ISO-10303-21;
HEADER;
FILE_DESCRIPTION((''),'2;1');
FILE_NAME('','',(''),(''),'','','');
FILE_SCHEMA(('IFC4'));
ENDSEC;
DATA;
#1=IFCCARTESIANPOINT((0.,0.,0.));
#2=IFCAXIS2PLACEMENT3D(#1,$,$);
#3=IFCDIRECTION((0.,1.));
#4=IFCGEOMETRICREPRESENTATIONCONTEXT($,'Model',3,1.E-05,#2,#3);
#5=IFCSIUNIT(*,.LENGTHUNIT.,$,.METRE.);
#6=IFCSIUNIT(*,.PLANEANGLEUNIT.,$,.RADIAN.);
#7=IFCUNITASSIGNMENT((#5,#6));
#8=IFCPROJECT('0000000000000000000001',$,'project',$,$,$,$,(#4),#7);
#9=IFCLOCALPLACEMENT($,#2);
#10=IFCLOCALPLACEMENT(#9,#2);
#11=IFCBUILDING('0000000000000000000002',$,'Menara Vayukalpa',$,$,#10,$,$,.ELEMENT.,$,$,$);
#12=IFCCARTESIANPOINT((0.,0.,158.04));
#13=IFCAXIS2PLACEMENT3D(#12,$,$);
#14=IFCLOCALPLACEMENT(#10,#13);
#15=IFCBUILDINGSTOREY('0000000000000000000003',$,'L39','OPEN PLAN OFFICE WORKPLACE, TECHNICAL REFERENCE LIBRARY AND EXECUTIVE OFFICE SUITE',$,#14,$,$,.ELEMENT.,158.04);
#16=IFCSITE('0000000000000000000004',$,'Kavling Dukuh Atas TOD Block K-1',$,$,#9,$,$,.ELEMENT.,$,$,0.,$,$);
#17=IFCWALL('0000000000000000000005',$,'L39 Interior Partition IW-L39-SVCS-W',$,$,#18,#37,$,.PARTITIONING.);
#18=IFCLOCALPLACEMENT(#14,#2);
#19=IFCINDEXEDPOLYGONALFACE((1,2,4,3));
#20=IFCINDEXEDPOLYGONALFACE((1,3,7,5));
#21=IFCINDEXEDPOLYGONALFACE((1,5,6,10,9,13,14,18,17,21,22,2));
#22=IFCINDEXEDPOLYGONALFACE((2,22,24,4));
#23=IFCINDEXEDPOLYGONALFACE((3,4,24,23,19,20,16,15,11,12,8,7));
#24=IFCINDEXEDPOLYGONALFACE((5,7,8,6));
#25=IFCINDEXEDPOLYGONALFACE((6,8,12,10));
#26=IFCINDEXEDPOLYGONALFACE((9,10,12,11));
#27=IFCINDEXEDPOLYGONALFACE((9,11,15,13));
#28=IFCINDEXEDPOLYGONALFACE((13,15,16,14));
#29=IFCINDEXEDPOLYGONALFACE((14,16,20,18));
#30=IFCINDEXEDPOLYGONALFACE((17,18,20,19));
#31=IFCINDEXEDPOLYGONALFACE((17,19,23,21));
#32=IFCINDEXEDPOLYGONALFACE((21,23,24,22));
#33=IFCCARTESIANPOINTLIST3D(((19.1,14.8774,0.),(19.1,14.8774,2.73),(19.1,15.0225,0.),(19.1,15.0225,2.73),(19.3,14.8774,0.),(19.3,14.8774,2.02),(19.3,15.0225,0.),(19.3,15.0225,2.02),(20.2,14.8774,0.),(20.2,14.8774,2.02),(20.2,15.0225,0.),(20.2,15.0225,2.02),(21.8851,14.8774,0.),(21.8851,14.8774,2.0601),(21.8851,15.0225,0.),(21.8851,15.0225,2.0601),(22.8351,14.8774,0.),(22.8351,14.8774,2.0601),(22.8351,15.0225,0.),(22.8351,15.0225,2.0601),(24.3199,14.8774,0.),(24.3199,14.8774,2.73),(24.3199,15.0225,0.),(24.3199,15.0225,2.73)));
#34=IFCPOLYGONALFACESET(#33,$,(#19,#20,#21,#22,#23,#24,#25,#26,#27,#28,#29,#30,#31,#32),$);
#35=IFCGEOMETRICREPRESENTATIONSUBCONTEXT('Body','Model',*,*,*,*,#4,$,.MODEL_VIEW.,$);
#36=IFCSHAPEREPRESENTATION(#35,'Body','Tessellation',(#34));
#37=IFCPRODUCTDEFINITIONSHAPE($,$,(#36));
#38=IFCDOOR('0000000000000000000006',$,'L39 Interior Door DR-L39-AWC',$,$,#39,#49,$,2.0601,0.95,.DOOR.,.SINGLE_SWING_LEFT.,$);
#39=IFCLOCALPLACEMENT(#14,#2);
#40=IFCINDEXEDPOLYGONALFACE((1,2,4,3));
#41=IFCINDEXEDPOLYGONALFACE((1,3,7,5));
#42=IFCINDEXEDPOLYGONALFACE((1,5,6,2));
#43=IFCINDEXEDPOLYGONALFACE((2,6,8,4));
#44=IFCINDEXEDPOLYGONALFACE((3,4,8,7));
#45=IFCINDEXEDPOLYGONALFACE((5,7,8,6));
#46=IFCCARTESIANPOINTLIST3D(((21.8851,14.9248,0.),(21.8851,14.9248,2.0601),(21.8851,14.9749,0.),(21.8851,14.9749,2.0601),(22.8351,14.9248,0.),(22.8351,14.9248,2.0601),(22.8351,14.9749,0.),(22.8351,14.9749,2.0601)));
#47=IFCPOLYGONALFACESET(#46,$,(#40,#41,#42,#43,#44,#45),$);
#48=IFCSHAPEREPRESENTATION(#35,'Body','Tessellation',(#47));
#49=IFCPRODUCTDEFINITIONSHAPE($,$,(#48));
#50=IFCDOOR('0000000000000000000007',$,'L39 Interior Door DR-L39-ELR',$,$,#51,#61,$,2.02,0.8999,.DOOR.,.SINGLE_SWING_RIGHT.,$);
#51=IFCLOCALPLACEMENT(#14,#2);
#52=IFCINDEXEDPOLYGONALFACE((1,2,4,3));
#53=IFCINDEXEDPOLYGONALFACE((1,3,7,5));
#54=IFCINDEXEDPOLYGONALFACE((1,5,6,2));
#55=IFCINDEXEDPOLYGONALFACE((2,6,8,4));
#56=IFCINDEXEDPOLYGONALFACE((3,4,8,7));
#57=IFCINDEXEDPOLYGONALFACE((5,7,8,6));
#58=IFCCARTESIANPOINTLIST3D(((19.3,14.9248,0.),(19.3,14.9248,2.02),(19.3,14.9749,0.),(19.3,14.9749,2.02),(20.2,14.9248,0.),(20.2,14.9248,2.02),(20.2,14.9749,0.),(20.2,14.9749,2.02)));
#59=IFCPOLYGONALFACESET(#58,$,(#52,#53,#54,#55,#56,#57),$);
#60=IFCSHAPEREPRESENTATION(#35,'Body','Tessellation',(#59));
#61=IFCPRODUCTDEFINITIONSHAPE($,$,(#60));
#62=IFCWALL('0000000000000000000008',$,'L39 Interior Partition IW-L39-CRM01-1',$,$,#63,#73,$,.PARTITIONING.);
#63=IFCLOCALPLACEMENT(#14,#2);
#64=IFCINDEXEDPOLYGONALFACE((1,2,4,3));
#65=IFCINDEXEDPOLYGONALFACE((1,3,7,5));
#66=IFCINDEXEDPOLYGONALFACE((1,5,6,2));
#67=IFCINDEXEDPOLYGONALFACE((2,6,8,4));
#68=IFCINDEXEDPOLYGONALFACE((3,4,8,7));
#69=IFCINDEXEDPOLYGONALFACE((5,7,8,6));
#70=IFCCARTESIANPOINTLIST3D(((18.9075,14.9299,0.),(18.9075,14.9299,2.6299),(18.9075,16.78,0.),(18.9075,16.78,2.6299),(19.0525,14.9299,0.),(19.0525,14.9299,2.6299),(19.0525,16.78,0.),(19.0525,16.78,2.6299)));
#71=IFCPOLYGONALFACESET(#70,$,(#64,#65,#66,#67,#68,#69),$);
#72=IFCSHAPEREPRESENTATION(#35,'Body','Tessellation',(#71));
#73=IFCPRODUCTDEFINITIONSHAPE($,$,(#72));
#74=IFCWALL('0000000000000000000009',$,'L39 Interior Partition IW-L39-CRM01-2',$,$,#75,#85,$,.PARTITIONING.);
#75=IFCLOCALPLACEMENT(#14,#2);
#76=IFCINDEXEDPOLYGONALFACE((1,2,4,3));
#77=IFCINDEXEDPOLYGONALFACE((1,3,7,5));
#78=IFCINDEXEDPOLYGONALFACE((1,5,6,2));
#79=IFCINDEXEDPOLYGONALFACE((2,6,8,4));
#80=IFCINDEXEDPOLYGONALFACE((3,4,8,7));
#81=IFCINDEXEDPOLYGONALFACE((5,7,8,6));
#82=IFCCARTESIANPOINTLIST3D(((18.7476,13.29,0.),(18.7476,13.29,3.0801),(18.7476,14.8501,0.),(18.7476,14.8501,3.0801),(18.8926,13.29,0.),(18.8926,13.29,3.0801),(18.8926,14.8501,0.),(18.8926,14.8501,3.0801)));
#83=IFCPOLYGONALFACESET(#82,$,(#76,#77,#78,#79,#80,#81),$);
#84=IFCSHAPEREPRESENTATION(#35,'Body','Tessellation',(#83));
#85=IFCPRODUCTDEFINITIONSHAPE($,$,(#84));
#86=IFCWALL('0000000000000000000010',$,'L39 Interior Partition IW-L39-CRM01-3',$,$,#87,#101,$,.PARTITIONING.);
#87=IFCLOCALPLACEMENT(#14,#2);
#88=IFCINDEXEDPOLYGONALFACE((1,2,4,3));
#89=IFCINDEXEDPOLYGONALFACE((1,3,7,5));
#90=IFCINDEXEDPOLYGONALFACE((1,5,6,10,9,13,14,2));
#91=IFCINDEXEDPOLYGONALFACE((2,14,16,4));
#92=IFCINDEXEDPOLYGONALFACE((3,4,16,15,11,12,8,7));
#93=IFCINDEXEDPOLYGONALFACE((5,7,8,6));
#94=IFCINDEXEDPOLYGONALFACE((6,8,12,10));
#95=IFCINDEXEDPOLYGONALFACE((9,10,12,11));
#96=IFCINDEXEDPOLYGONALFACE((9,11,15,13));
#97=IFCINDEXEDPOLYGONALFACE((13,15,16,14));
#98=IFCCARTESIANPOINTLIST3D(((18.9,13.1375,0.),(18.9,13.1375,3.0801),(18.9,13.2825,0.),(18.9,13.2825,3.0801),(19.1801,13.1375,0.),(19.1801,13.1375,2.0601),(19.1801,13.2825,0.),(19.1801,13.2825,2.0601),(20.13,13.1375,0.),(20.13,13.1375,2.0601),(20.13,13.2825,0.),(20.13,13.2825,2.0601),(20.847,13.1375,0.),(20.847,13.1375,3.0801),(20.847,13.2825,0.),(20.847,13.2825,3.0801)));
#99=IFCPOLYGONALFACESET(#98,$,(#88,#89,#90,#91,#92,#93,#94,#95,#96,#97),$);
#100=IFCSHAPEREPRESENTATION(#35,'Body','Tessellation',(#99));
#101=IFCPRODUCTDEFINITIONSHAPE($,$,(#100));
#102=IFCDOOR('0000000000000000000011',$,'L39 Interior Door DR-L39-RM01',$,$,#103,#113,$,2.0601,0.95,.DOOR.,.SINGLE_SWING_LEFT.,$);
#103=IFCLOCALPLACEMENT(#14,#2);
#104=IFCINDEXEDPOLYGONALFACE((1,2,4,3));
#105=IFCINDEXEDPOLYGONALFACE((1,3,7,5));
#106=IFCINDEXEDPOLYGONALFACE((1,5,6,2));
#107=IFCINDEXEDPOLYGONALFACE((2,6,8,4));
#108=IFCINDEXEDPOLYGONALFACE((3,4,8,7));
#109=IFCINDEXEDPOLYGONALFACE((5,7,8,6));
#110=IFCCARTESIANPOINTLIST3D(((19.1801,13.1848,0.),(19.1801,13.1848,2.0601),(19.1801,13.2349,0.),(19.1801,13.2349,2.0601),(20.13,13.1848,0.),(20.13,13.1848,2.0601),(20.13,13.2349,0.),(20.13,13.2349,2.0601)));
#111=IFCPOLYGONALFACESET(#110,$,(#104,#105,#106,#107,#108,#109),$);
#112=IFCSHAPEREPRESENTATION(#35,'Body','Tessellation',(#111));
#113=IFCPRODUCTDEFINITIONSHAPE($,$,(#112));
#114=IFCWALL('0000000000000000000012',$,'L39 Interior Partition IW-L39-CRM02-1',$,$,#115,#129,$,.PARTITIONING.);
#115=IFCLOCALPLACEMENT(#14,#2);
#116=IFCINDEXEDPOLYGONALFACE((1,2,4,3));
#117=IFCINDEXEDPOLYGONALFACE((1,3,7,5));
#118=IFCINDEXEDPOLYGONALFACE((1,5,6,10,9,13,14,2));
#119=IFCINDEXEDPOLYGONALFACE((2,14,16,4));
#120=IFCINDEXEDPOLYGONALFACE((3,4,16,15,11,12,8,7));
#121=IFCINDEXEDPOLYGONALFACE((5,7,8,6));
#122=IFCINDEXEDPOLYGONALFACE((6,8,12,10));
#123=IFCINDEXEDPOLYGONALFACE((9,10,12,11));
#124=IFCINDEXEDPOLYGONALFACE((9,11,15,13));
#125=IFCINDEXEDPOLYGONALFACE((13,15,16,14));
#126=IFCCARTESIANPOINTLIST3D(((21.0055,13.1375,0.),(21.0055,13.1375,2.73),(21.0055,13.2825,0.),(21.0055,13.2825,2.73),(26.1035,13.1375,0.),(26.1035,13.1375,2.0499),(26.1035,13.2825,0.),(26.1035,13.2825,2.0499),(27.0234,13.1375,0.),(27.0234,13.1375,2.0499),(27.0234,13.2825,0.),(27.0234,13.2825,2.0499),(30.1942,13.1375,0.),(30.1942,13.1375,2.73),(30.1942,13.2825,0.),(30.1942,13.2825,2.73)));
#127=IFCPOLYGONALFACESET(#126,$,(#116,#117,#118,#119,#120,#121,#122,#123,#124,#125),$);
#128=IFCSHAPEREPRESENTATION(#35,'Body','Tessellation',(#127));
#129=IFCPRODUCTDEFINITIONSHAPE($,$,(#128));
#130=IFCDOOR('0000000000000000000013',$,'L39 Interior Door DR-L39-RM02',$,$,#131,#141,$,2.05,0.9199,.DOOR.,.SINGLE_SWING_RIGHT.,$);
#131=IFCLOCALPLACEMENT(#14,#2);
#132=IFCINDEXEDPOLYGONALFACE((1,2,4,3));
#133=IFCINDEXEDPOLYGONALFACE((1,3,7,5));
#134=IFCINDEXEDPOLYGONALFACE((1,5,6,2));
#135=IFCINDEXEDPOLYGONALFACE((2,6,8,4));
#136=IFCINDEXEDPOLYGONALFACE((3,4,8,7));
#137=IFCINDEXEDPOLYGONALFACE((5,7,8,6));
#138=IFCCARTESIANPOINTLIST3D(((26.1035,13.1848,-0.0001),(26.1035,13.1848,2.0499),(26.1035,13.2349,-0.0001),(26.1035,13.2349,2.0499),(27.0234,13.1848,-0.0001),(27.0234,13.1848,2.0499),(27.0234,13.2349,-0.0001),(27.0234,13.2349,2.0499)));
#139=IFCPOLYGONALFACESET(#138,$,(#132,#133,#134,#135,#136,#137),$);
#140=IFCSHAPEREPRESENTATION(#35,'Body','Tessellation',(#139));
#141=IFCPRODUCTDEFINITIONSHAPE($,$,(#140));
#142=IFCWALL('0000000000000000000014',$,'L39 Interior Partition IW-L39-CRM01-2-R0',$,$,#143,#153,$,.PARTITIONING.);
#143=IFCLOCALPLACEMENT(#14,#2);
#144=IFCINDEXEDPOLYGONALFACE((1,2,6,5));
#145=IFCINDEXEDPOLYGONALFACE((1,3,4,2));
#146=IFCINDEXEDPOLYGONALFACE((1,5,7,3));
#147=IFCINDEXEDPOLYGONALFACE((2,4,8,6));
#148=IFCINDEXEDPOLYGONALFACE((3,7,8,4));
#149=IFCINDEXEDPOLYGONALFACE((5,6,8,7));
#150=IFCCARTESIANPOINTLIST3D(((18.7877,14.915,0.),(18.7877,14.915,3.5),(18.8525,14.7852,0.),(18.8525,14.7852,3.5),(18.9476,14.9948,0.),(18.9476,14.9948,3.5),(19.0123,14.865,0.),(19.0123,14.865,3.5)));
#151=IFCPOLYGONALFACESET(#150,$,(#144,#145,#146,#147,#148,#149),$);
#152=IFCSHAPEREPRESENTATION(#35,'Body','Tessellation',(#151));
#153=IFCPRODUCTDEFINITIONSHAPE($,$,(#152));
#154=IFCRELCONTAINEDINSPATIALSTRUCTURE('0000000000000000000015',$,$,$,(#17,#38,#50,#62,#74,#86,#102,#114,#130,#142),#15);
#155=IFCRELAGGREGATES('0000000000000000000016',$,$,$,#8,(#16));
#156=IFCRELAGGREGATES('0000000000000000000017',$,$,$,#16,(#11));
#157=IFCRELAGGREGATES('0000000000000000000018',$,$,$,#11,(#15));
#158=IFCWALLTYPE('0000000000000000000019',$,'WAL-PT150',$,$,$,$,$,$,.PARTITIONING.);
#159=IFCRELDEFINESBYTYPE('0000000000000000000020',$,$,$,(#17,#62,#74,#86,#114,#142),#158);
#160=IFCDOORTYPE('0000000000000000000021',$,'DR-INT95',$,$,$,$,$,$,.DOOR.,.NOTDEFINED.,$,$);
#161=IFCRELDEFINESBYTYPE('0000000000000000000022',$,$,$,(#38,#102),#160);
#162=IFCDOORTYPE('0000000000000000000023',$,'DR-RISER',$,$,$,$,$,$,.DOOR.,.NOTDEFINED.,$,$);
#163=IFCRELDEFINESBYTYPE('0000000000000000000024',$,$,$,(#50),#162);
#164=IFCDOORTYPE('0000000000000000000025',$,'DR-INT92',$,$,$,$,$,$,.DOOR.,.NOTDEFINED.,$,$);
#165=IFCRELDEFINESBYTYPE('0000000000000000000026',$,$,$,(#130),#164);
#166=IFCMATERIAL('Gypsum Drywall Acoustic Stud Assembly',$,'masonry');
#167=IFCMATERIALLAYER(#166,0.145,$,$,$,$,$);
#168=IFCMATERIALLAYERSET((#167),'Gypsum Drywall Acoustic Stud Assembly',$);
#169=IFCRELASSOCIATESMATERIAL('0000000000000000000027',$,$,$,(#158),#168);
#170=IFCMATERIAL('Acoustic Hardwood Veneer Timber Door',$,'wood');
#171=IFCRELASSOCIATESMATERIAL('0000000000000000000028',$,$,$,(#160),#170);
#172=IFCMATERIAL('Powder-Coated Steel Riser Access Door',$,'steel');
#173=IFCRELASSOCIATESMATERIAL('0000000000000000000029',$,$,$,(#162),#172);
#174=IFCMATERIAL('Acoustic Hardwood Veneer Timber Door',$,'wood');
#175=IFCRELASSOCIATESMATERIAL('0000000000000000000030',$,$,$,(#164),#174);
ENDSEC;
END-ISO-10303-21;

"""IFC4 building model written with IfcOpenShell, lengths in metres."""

from ifc_helpers import new_model, si_unit, direction, frame, frame_2d, origin, place, context, subcontext, project, spatial, rectangle, extrude, material, layer, layer_set, type_object, element, fill, save


model = new_model("IFC4")

# Units and contexts
model_context = context("Model", 3, precision=1e-05, world=origin(), true_north=direction((0.0, 1.0)))
body_context = subcontext(model_context, "Body", "Model", "MODEL_VIEW")
ifc_project = project(units=[si_unit("LENGTHUNIT", "METRE"), si_unit("PLANEANGLEUNIT", "RADIAN")], contexts=[model_context])

# Site, building, storey
site_placement = place(None, origin())
site = spatial("IfcSite", under=ifc_project, at=site_placement, Name="Kavling Dukuh Atas TOD Block K-1", CompositionType="ELEMENT", RefElevation=0.0)
building_placement = place(site_placement, origin())
building = spatial("IfcBuilding", under=site, at=building_placement, Name="Menara Vayukalpa", CompositionType="ELEMENT")
storey_placement = place(building_placement, frame((0.0, 0.0, 158.04)))
storey = spatial("IfcBuildingStorey", under=building, at=storey_placement, Name="L39", Description="OPEN PLAN OFFICE WORKPLACE, TECHNICAL REFERENCE LIBRARY AND EXECUTIVE OFFICE SUITE", CompositionType="ELEMENT", Elevation=158.04)

# Wall, openings, doors
ifc_material_1 = material(Name="Gypsum Drywall Acoustic Stud Assembly", Category="masonry")
ifc_layer_1 = layer(ifc_material_1, 0.145)
ifc_layer_set_1 = layer_set([ifc_layer_1], Name="Gypsum Drywall Acoustic Stud Assembly")
wall_type_1 = type_object("IfcWallType", Name="WAL-PT150", PredefinedType="PARTITIONING", material=ifc_layer_set_1)
wall_1_placement = place(storey_placement, frame((19.1001, 14.95, 0.0), z_axis=(0.0, 0.0, 1.0), x_axis=(1.0, 0.0, 0.0)))
wall_1 = element("IfcWall", 1, at=wall_1_placement, inside=storey, type_object=wall_type_1, Name="L39 Interior Partition IW-L39-SVCS-W", PredefinedType="PARTITIONING", context=body_context, shape_type="SweptSolid", body=[
    extrude(rectangle(XDim=5.22, YDim=0.145, at=frame_2d((2.6099, 0.0))), origin(), (0.0, 0.0, 1.0), 2.73),
])
opening_1_placement = place(wall_1_placement, frame((0.2, 0.0, 0.0)))
opening_1 = element("IfcOpeningElement", 2, at=opening_1_placement, cuts=wall_1, PredefinedType="OPENING", context=body_context, shape_type="SweptSolid", body=[
    extrude(rectangle(XDim=0.8999, YDim=2.02, at=frame_2d((0.45, 1.01))), frame((0.0, 0.0825, 0.0), z_axis=(0.0, -1.0, 0.0), x_axis=(1.0, 0.0, 0.0)), (0.0, 0.0, 1.0), 0.165),
])
opening_2_placement = place(wall_1_placement, frame((2.7849, 0.0, 0.0)))
opening_2 = element("IfcOpeningElement", 3, at=opening_2_placement, cuts=wall_1, PredefinedType="OPENING", context=body_context, shape_type="SweptSolid", body=[
    extrude(rectangle(XDim=0.95, YDim=2.0601, at=frame_2d((0.4751, 1.03))), frame((0.0, 0.0825, 0.0), z_axis=(0.0, -1.0, 0.0), x_axis=(1.0, 0.0, 0.0)), (0.0, 0.0, 1.0), 0.165),
])
ifc_material_2 = material(Name="Acoustic Hardwood Veneer Timber Door", Category="wood")
door_type_1 = type_object("IfcDoorType", Name="DR-INT95", OperationType="NOTDEFINED", PredefinedType="DOOR", material=ifc_material_2)
door_1_placement = place(opening_2_placement, origin())
door_1 = element("IfcDoor", 4, at=door_1_placement, inside=storey, type_object=door_type_1, Name="L39 Interior Door DR-L39-AWC", OperationType="SINGLE_SWING_LEFT", OverallHeight=2.0601, OverallWidth=0.95, PredefinedType="DOOR", context=body_context, shape_type="SweptSolid", body=[
    extrude(rectangle(XDim=0.95, YDim=2.0601, at=frame_2d((0.4751, 1.03))), frame((0.0, 0.0249, 0.0), z_axis=(0.0, -1.0, 0.0), x_axis=(1.0, 0.0, 0.0)), (0.0, 0.0, 1.0), 0.05),
])
fill(opening_2, door_1)
ifc_material_3 = material(Name="Powder-Coated Steel Riser Access Door", Category="steel")
door_type_2 = type_object("IfcDoorType", Name="DR-RISER", OperationType="NOTDEFINED", PredefinedType="DOOR", material=ifc_material_3)
door_2_placement = place(opening_1_placement, origin())
door_2 = element("IfcDoor", 5, at=door_2_placement, inside=storey, type_object=door_type_2, Name="L39 Interior Door DR-L39-ELR", OperationType="SINGLE_SWING_RIGHT", OverallHeight=2.02, OverallWidth=0.8999, PredefinedType="DOOR", context=body_context, shape_type="SweptSolid", body=[
    extrude(rectangle(XDim=0.8999, YDim=2.02, at=frame_2d((0.45, 1.01))), frame((0.0, 0.0249, 0.0), z_axis=(0.0, -1.0, 0.0), x_axis=(1.0, 0.0, 0.0)), (0.0, 0.0, 1.0), 0.05),
])
fill(opening_1, door_2)

# Walls
wall_2_placement = place(storey_placement, frame((18.98, 16.78, 0.0), z_axis=(0.0, 0.0, 1.0), x_axis=(0.0, -1.0, 0.0)))
element("IfcWall", 6, at=wall_2_placement, inside=storey, type_object=wall_type_1, Name="L39 Interior Partition IW-L39-CRM01-1", PredefinedType="PARTITIONING", context=body_context, shape_type="SweptSolid", body=[
    extrude(rectangle(XDim=1.8501, YDim=0.145, at=frame_2d((0.925, 0.0))), origin(), (0.0, 0.0, 1.0), 2.6299),
])
wall_3_placement = place(storey_placement, frame((18.8201, 14.8501, 0.0), z_axis=(0.0, 0.0, 1.0), x_axis=(0.0, -1.0, 0.0)))
element("IfcWall", 7, at=wall_3_placement, inside=storey, type_object=wall_type_1, Name="L39 Interior Partition IW-L39-CRM01-2", PredefinedType="PARTITIONING", context=body_context, shape_type="SweptSolid", body=[
    extrude(rectangle(XDim=1.5601, YDim=0.145, at=frame_2d((0.78, 0.0))), origin(), (0.0, 0.0, 1.0), 3.0801),
])

# Walls, openings, doors
wall_4_placement = place(storey_placement, frame((18.8999, 13.21, 0.0), z_axis=(0.0, 0.0, 1.0), x_axis=(1.0, 0.0, 0.0)))
wall_4 = element("IfcWall", 8, at=wall_4_placement, inside=storey, type_object=wall_type_1, Name="L39 Interior Partition IW-L39-CRM01-3", PredefinedType="PARTITIONING", context=body_context, shape_type="SweptSolid", body=[
    extrude(rectangle(XDim=1.947, YDim=0.145, at=frame_2d((0.9736, 0.0))), origin(), (0.0, 0.0, 1.0), 3.0801),
])
opening_3_placement = place(wall_4_placement, frame((0.28, 0.0, 0.0)))
opening_3 = element("IfcOpeningElement", 9, at=opening_3_placement, cuts=wall_4, PredefinedType="OPENING", context=body_context, shape_type="SweptSolid", body=[
    extrude(rectangle(XDim=0.95, YDim=2.0601, at=frame_2d((0.4751, 1.03))), frame((0.0, 0.0825, 0.0), z_axis=(0.0, -1.0, 0.0), x_axis=(1.0, 0.0, 0.0)), (0.0, 0.0, 1.0), 0.165),
])
door_3_placement = place(opening_3_placement, origin())
door_3 = element("IfcDoor", 10, at=door_3_placement, inside=storey, type_object=door_type_1, Name="L39 Interior Door DR-L39-RM01", OperationType="SINGLE_SWING_LEFT", OverallHeight=2.0601, OverallWidth=0.95, PredefinedType="DOOR", context=body_context, shape_type="SweptSolid", body=[
    extrude(rectangle(XDim=0.95, YDim=2.0601, at=frame_2d((0.4751, 1.03))), frame((0.0, 0.0249, 0.0), z_axis=(0.0, -1.0, 0.0), x_axis=(1.0, 0.0, 0.0)), (0.0, 0.0, 1.0), 0.05),
])
fill(opening_3, door_3)
wall_5_placement = place(storey_placement, frame((21.0056, 13.21, 0.0), z_axis=(0.0, 0.0, 1.0), x_axis=(1.0, 0.0, 0.0)))
wall_5 = element("IfcWall", 11, at=wall_5_placement, inside=storey, type_object=wall_type_1, Name="L39 Interior Partition IW-L39-CRM02-1", PredefinedType="PARTITIONING", context=body_context, shape_type="SweptSolid", body=[
    extrude(rectangle(XDim=9.1887, YDim=0.145, at=frame_2d((4.5942, 0.0))), origin(), (0.0, 0.0, 1.0), 2.73),
])
opening_4_placement = place(wall_5_placement, frame((5.0979, 0.0, 0.0)))
opening_4 = element("IfcOpeningElement", 12, at=opening_4_placement, cuts=wall_5, PredefinedType="OPENING", context=body_context, shape_type="SweptSolid", body=[
    extrude(rectangle(XDim=0.9199, YDim=2.05, at=frame_2d((0.46, 1.0249))), frame((0.0, 0.0825, 0.0), z_axis=(0.0, -1.0, 0.0), x_axis=(1.0, 0.0, 0.0)), (0.0, 0.0, 1.0), 0.165),
])
ifc_material_4 = material(Name="Acoustic Hardwood Veneer Timber Door", Category="wood")
door_type_3 = type_object("IfcDoorType", Name="DR-INT92", OperationType="NOTDEFINED", PredefinedType="DOOR", material=ifc_material_4)
door_4_placement = place(opening_4_placement, origin())
door_4 = element("IfcDoor", 13, at=door_4_placement, inside=storey, type_object=door_type_3, Name="L39 Interior Door DR-L39-RM02", OperationType="SINGLE_SWING_RIGHT", OverallHeight=2.05, OverallWidth=0.9199, PredefinedType="DOOR", context=body_context, shape_type="SweptSolid", body=[
    extrude(rectangle(XDim=0.9199, YDim=2.05, at=frame_2d((0.46, 1.0249))), frame((0.0, 0.0249, 0.0), z_axis=(0.0, -1.0, 0.0), x_axis=(1.0, 0.0, 0.0)), (0.0, 0.0, 1.0), 0.05),
])
fill(opening_4, door_4)

# Wall
wall_6_placement = place(storey_placement, frame((18.8201, 14.8501, 0.0), z_axis=(0.0, 0.0, 1.0), x_axis=(0.8947, 0.446667, 0.0)))
element("IfcWall", 14, at=wall_6_placement, inside=storey, type_object=wall_type_1, Name="L39 Interior Partition IW-L39-CRM01-2-R0", PredefinedType="PARTITIONING", context=body_context, shape_type="SweptSolid", body=[
    extrude(rectangle(XDim=0.1787, YDim=0.145, at=frame_2d((0.0894, 0.0))), origin(), (0.0, 0.0, 1.0), 3.5),
])

save(model, "model.ifc")
